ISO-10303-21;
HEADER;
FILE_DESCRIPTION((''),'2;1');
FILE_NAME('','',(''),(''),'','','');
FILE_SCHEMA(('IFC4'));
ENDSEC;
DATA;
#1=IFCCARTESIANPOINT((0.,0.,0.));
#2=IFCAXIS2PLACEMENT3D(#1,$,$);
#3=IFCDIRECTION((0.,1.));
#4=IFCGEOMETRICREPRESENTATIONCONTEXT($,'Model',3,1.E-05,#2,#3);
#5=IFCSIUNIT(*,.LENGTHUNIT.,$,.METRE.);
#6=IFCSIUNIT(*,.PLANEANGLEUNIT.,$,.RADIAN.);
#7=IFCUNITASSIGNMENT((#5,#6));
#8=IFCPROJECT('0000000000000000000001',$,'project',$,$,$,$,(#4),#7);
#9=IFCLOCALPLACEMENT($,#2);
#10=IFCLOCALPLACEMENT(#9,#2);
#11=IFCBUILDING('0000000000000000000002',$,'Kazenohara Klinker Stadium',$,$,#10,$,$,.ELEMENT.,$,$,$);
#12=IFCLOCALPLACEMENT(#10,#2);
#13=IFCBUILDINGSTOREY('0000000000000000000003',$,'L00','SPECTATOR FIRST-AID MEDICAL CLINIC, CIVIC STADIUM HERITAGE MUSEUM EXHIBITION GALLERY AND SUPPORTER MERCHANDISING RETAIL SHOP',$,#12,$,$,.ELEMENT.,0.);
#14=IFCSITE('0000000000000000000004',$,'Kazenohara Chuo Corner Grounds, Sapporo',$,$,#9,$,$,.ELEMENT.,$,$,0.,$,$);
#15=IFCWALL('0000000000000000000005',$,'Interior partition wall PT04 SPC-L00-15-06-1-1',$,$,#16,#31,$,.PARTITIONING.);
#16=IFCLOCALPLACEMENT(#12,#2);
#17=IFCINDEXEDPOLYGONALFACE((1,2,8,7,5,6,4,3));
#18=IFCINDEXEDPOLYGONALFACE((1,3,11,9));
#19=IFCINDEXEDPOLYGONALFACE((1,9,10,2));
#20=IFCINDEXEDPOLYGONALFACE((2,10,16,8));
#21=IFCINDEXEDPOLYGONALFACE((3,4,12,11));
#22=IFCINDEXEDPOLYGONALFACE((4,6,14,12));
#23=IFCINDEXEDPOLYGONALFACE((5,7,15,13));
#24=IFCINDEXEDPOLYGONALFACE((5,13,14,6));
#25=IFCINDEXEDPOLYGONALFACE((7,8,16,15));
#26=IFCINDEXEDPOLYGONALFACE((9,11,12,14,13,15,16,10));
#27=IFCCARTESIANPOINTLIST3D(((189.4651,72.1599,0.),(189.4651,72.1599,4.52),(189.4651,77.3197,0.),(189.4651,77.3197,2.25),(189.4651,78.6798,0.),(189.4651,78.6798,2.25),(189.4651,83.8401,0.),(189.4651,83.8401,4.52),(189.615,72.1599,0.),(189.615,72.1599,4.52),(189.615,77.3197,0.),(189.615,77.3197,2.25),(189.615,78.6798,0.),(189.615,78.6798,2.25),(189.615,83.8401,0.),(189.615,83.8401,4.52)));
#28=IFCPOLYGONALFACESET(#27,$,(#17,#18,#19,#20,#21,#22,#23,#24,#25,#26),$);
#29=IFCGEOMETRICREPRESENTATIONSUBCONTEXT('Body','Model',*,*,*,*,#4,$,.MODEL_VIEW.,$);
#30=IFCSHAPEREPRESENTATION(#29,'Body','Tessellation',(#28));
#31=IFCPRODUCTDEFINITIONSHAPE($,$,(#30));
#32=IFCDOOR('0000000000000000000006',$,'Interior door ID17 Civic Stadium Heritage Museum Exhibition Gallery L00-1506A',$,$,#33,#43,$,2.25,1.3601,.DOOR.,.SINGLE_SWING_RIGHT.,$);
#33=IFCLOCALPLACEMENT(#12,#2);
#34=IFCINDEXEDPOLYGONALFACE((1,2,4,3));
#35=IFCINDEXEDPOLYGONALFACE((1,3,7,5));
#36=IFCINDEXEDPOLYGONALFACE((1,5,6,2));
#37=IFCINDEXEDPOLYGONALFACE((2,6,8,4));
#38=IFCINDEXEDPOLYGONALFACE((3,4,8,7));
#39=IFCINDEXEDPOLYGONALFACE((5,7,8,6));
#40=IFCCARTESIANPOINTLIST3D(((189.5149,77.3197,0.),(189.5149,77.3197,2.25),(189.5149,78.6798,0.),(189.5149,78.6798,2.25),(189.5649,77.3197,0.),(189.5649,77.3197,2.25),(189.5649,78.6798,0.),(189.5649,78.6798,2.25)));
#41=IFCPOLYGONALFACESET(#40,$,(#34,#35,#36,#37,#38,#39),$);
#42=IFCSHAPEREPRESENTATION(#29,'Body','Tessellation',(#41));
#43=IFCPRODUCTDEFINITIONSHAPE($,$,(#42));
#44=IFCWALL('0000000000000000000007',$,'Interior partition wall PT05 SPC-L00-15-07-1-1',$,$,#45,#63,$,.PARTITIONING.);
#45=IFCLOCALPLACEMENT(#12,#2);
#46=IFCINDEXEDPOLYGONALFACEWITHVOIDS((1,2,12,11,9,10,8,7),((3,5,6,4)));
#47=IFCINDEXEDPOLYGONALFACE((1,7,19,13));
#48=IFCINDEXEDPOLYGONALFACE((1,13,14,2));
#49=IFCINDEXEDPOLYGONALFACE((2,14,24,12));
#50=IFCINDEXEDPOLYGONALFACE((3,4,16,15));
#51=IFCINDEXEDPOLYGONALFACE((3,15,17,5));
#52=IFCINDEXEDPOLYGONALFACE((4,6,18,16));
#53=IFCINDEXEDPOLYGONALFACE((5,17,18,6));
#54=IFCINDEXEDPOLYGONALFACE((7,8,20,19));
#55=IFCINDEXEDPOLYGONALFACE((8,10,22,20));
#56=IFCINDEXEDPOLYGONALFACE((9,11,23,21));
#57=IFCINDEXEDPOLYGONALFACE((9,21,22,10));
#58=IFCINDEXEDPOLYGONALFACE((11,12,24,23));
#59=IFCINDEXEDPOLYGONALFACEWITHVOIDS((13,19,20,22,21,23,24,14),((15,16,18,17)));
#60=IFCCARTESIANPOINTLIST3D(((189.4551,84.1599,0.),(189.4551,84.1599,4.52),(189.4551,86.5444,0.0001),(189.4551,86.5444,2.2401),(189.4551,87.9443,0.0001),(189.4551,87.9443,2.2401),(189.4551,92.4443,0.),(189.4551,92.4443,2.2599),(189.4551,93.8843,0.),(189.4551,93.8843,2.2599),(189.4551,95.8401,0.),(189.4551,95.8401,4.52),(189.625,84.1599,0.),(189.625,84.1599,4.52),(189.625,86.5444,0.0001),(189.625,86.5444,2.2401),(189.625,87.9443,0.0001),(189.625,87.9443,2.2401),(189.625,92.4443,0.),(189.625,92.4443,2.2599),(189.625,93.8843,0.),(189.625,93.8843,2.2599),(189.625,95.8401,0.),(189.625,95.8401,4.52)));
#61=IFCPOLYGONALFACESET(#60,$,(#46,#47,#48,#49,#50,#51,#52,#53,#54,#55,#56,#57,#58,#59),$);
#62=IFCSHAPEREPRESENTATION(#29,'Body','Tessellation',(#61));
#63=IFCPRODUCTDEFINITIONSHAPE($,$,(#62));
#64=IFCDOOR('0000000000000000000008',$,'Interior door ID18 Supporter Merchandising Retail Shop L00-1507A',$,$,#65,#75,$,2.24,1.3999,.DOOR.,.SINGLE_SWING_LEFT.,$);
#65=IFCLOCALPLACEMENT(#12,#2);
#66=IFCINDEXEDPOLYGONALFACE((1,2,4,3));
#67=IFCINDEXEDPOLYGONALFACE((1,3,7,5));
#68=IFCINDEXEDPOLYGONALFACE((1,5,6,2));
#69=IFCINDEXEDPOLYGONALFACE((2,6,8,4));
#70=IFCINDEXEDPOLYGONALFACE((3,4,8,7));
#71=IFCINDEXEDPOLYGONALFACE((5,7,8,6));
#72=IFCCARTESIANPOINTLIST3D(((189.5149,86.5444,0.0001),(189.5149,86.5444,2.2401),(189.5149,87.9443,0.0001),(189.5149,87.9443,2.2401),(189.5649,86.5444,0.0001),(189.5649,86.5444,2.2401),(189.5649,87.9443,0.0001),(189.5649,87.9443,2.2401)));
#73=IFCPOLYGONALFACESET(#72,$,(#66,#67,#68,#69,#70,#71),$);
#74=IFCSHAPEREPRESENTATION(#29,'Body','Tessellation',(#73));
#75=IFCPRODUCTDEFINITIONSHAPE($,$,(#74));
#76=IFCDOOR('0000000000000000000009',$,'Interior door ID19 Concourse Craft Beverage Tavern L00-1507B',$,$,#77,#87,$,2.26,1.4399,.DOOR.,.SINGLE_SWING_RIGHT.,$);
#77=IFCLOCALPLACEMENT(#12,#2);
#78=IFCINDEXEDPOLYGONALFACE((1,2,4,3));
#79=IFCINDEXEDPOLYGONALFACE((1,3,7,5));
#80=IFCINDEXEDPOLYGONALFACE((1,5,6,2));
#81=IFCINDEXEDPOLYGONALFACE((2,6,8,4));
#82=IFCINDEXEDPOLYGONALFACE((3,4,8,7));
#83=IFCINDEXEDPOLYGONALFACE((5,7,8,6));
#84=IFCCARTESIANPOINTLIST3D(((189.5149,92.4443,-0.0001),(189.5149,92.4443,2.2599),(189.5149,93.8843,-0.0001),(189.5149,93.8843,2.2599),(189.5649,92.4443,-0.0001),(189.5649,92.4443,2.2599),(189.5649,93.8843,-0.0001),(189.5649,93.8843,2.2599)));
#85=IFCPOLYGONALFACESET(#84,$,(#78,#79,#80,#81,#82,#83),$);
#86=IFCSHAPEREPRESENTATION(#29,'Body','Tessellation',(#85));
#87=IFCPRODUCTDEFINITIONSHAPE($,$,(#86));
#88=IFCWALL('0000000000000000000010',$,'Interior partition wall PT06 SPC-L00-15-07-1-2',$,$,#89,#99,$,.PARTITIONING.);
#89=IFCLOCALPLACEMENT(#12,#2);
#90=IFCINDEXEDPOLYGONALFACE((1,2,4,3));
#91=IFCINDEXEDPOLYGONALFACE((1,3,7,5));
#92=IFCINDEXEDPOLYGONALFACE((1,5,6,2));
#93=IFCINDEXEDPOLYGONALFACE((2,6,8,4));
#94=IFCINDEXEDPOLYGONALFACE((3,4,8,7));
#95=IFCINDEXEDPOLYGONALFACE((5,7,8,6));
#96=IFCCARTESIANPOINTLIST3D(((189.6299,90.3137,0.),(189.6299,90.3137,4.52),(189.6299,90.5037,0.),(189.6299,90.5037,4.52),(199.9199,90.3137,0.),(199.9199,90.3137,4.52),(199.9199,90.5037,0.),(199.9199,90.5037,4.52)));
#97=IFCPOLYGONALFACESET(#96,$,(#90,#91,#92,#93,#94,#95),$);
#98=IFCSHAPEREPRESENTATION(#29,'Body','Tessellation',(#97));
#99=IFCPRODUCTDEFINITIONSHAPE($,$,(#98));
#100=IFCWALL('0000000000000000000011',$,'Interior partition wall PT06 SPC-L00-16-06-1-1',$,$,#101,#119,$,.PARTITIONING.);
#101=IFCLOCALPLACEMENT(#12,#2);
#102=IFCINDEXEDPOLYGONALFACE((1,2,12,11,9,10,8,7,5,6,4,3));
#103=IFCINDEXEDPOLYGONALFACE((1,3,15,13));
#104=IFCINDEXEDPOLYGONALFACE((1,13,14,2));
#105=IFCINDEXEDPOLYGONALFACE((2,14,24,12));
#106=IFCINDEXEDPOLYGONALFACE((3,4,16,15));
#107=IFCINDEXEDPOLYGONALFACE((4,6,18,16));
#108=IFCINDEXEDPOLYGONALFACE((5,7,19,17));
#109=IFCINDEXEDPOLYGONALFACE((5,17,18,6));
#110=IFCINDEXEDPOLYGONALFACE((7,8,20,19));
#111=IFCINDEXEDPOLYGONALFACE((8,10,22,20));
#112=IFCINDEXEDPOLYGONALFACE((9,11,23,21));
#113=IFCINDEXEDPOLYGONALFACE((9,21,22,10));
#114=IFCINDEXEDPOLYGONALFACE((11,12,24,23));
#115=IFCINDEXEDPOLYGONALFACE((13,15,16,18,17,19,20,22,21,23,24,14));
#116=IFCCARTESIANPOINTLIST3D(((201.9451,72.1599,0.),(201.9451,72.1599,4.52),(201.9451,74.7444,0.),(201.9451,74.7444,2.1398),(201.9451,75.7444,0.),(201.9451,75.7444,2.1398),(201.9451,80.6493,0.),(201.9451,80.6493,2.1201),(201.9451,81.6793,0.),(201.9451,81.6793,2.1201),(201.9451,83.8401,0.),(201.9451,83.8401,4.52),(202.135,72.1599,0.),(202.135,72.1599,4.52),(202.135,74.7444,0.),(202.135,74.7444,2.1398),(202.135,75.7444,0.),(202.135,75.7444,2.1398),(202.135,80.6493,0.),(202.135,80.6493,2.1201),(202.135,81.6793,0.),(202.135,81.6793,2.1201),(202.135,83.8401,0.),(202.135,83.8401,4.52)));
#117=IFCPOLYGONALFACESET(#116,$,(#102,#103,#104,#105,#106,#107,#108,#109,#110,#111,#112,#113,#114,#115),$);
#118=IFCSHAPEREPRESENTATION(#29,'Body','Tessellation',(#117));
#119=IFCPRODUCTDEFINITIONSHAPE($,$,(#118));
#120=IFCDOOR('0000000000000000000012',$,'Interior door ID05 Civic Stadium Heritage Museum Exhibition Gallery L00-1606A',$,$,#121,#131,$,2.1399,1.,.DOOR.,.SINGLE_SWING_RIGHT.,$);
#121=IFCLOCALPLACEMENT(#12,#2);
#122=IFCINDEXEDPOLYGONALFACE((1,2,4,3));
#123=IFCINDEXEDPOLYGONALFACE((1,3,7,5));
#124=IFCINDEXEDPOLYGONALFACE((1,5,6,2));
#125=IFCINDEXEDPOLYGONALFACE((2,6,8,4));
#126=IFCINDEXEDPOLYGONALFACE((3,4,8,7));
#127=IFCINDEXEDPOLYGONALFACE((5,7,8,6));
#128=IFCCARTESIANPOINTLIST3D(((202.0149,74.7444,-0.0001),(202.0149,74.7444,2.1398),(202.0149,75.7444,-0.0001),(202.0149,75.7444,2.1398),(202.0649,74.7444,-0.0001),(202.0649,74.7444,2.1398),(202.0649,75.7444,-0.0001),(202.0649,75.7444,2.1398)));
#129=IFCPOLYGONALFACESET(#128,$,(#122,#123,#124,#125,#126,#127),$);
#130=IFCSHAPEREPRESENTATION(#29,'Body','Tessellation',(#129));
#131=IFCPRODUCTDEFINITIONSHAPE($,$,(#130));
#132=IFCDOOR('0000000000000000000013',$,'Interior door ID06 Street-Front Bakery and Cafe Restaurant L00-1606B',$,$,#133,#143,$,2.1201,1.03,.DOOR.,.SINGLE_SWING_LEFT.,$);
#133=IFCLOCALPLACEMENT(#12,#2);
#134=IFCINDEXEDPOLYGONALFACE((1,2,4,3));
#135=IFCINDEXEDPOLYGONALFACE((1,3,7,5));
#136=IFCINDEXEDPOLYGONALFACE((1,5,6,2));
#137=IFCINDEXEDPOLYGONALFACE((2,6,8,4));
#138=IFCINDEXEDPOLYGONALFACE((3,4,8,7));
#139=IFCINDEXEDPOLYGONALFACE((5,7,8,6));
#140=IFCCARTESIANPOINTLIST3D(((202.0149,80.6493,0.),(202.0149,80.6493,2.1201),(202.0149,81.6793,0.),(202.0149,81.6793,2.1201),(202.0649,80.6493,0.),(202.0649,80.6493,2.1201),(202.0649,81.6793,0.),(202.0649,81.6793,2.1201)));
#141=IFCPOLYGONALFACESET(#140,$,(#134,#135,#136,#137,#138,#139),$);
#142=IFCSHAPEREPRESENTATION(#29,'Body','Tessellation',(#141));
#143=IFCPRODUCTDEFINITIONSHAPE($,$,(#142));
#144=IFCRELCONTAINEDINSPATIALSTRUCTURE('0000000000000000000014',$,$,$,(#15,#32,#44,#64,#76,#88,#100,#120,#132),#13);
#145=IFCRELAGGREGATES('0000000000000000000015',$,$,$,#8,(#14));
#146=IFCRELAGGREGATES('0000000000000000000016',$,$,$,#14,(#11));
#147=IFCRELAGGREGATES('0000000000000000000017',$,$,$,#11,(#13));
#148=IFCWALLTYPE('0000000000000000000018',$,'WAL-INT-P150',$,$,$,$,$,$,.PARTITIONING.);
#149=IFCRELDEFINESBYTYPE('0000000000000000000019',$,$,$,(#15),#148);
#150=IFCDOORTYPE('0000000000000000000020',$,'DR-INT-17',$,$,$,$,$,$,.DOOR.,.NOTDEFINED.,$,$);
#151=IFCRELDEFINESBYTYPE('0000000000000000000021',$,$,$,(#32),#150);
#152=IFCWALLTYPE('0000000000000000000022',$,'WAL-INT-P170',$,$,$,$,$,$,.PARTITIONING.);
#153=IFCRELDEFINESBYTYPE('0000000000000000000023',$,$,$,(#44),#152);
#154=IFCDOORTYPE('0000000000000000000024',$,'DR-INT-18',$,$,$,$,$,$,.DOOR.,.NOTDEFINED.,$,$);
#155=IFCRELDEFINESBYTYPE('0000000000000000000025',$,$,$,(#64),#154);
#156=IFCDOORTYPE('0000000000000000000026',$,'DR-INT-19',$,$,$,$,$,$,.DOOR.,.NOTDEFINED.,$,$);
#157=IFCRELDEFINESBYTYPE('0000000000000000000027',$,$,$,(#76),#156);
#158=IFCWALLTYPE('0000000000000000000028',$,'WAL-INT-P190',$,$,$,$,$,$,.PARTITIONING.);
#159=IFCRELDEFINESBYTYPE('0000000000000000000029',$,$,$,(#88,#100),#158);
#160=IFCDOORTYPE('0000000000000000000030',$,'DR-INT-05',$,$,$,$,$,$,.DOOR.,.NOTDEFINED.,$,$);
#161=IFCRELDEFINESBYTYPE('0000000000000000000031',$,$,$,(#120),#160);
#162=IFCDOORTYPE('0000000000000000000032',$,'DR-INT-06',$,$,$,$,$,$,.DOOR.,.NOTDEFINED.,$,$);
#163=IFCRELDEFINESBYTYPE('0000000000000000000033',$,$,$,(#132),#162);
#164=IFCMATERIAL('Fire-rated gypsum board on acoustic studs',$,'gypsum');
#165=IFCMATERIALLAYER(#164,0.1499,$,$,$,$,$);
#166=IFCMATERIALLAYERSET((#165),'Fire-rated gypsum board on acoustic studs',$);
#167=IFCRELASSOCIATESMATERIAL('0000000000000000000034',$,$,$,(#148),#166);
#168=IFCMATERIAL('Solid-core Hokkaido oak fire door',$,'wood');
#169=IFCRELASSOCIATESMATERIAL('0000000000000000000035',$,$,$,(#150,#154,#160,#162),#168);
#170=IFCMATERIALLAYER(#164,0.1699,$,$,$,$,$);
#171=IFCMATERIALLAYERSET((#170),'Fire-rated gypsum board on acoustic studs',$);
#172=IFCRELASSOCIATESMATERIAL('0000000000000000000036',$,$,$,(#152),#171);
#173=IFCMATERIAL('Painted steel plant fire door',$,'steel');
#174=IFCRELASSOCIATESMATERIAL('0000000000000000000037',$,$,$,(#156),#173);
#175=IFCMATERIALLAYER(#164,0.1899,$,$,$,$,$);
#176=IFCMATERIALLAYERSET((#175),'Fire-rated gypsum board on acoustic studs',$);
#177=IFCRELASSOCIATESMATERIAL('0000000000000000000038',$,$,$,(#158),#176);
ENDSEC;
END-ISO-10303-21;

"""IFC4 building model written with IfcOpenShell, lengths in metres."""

from ifc_helpers import new_model, si_unit, direction, frame, frame_2d, origin, place, context, subcontext, project, spatial, rectangle, extrude, material, layer, layer_set, type_object, element, fill, save


model = new_model("IFC4")

# Units and contexts
model_context = context("Model", 3, precision=1e-05, world=origin(), true_north=direction((0.0, 1.0)))
body_context = subcontext(model_context, "Body", "Model", "MODEL_VIEW")
ifc_project = project(units=[si_unit("LENGTHUNIT", "METRE"), si_unit("PLANEANGLEUNIT", "RADIAN")], contexts=[model_context])

# Site, building, storey
site_placement = place(None, origin())
site = spatial("IfcSite", under=ifc_project, at=site_placement, Name="Kazenohara Chuo Corner Grounds, Sapporo", CompositionType="ELEMENT", RefElevation=0.0)
building_placement = place(site_placement, origin())
building = spatial("IfcBuilding", under=site, at=building_placement, Name="Kazenohara Klinker Stadium", CompositionType="ELEMENT")
storey_placement = place(building_placement, origin())
storey = spatial("IfcBuildingStorey", under=building, at=storey_placement, Name="L00", Description="SPECTATOR FIRST-AID MEDICAL CLINIC, CIVIC STADIUM HERITAGE MUSEUM EXHIBITION GALLERY AND SUPPORTER MERCHANDISING RETAIL SHOP", CompositionType="ELEMENT", Elevation=0.0)

# Shared definitions
ifc_material_1 = material(Name="Fire-rated gypsum board on acoustic studs", Category="gypsum")

# Wall, opening, door
ifc_material_2 = material(Name="Solid-core Hokkaido oak fire door", Category="wood")
ifc_layer_1 = layer(ifc_material_1, 0.1499)
ifc_layer_set_1 = layer_set([ifc_layer_1], Name="Fire-rated gypsum board on acoustic studs")
wall_type_1 = type_object("IfcWallType", Name="WAL-INT-P150", PredefinedType="PARTITIONING", material=ifc_layer_set_1)
wall_1_placement = place(storey_placement, frame((189.54, 72.1599, 0.0), z_axis=(0.0, 0.0, 1.0), x_axis=(0.0, 1.0, 0.0)))
wall_1 = element("IfcWall", 1, at=wall_1_placement, inside=storey, type_object=wall_type_1, Name="Interior partition wall PT04 SPC-L00-15-06-1-1", PredefinedType="PARTITIONING", context=body_context, shape_type="SweptSolid", body=[
    extrude(rectangle(XDim=11.6802, YDim=0.1499, at=frame_2d((5.8401, 0.0))), origin(), (0.0, 0.0, 1.0), 4.52),
])
opening_1_placement = place(wall_1_placement, frame((6.52, 0.0, 0.0), z_axis=(0.0, 0.0, 1.0), x_axis=(-1.0, 0.0, 0.0)))
opening_1 = element("IfcOpeningElement", 2, at=opening_1_placement, cuts=wall_1, PredefinedType="OPENING", context=body_context, shape_type="SweptSolid", body=[
    extrude(rectangle(XDim=1.3601, YDim=2.25, at=frame_2d((0.6802, 1.125))), frame((0.0, 0.085, 0.0), z_axis=(0.0, -1.0, 0.0), x_axis=(1.0, 0.0, 0.0)), (0.0, 0.0, 1.0), 0.1699),
])
door_type_1 = type_object("IfcDoorType", Name="DR-INT-17", OperationType="NOTDEFINED", PredefinedType="DOOR", material=ifc_material_2)
door_1_placement = place(opening_1_placement, origin())
door_1 = element("IfcDoor", 3, at=door_1_placement, inside=storey, type_object=door_type_1, Name="Interior door ID17 Civic Stadium Heritage Museum Exhibition Gallery L00-1506A", OperationType="SINGLE_SWING_RIGHT", OverallHeight=2.25, OverallWidth=1.3601, PredefinedType="DOOR", context=body_context, shape_type="SweptSolid", body=[
    extrude(rectangle(XDim=1.3601, YDim=2.25, at=frame_2d((0.6802, 1.125))), frame((0.0, 0.0249, 0.0), z_axis=(0.0, -1.0, 0.0), x_axis=(1.0, 0.0, 0.0)), (0.0, 0.0, 1.0), 0.05),
])
fill(opening_1, door_1)

# Wall, openings, doors
ifc_layer_2 = layer(ifc_material_1, 0.1699)
ifc_layer_set_2 = layer_set([ifc_layer_2], Name="Fire-rated gypsum board on acoustic studs")
wall_type_2 = type_object("IfcWallType", Name="WAL-INT-P170", PredefinedType="PARTITIONING", material=ifc_layer_set_2)
wall_2_placement = place(storey_placement, frame((189.54, 84.1599, 0.0), z_axis=(0.0, 0.0, 1.0), x_axis=(0.0, 1.0, 0.0)))
wall_2 = element("IfcWall", 4, at=wall_2_placement, inside=storey, type_object=wall_type_2, Name="Interior partition wall PT05 SPC-L00-15-07-1-1", PredefinedType="PARTITIONING", context=body_context, shape_type="SweptSolid", body=[
    extrude(rectangle(XDim=11.6802, YDim=0.1699, at=frame_2d((5.8401, 0.0))), origin(), (0.0, 0.0, 1.0), 4.52),
])
opening_2_placement = place(wall_2_placement, frame((3.7844, 0.0, 0.0), z_axis=(0.0, 0.0, 1.0), x_axis=(-1.0, 0.0, 0.0)))
opening_2 = element("IfcOpeningElement", 5, at=opening_2_placement, cuts=wall_2, PredefinedType="OPENING", context=body_context, shape_type="SweptSolid", body=[
    extrude(rectangle(XDim=1.3999, YDim=2.24, at=frame_2d((0.7, 1.1201))), frame((0.0, 0.095, 0.0), z_axis=(0.0, -1.0, 0.0), x_axis=(1.0, 0.0, 0.0)), (0.0, 0.0, 1.0), 0.1899),
])
opening_3_placement = place(wall_2_placement, frame((9.7244, 0.0, 0.0), z_axis=(0.0, 0.0, 1.0), x_axis=(-1.0, 0.0, 0.0)))
opening_3 = element("IfcOpeningElement", 6, at=opening_3_placement, cuts=wall_2, PredefinedType="OPENING", context=body_context, shape_type="SweptSolid", body=[
    extrude(rectangle(XDim=1.4399, YDim=2.26, at=frame_2d((0.72, 1.1299))), frame((0.0, 0.095, 0.0), z_axis=(0.0, -1.0, 0.0), x_axis=(1.0, 0.0, 0.0)), (0.0, 0.0, 1.0), 0.1899),
])
door_type_2 = type_object("IfcDoorType", Name="DR-INT-18", OperationType="NOTDEFINED", PredefinedType="DOOR", material=ifc_material_2)
door_2_placement = place(opening_2_placement, origin())
door_2 = element("IfcDoor", 7, at=door_2_placement, inside=storey, type_object=door_type_2, Name="Interior door ID18 Supporter Merchandising Retail Shop L00-1507A", OperationType="SINGLE_SWING_LEFT", OverallHeight=2.24, OverallWidth=1.3999, PredefinedType="DOOR", context=body_context, shape_type="SweptSolid", body=[
    extrude(rectangle(XDim=1.3999, YDim=2.24, at=frame_2d((0.7, 1.1201))), frame((0.0, 0.0249, 0.0), z_axis=(0.0, -1.0, 0.0), x_axis=(1.0, 0.0, 0.0)), (0.0, 0.0, 1.0), 0.05),
])
fill(opening_2, door_2)
ifc_material_3 = material(Name="Painted steel plant fire door", Category="steel")
door_type_3 = type_object("IfcDoorType", Name="DR-INT-19", OperationType="NOTDEFINED", PredefinedType="DOOR", material=ifc_material_3)
door_3_placement = place(opening_3_placement, origin())
door_3 = element("IfcDoor", 8, at=door_3_placement, inside=storey, type_object=door_type_3, Name="Interior door ID19 Concourse Craft Beverage Tavern L00-1507B", OperationType="SINGLE_SWING_RIGHT", OverallHeight=2.26, OverallWidth=1.4399, PredefinedType="DOOR", context=body_context, shape_type="SweptSolid", body=[
    extrude(rectangle(XDim=1.4399, YDim=2.26, at=frame_2d((0.72, 1.1299))), frame((0.0, 0.0249, 0.0), z_axis=(0.0, -1.0, 0.0), x_axis=(1.0, 0.0, 0.0)), (0.0, 0.0, 1.0), 0.05),
])
fill(opening_3, door_3)

# Wall
ifc_layer_3 = layer(ifc_material_1, 0.1899)
ifc_layer_set_3 = layer_set([ifc_layer_3], Name="Fire-rated gypsum board on acoustic studs")
wall_type_3 = type_object("IfcWallType", Name="WAL-INT-P190", PredefinedType="PARTITIONING", material=ifc_layer_set_3)
wall_3_placement = place(storey_placement, frame((189.6299, 90.4087, 0.0), z_axis=(0.0, 0.0, 1.0), x_axis=(1.0, 0.0, 0.0)))
element("IfcWall", 9, at=wall_3_placement, inside=storey, type_object=wall_type_3, Name="Interior partition wall PT06 SPC-L00-15-07-1-2", PredefinedType="PARTITIONING", context=body_context, shape_type="SweptSolid", body=[
    extrude(rectangle(XDim=10.29, YDim=0.1899, at=frame_2d((5.145, 0.0))), origin(), (0.0, 0.0, 1.0), 4.52),
])

# Wall, openings, doors
wall_4_placement = place(storey_placement, frame((202.04, 72.1599, 0.0), z_axis=(0.0, 0.0, 1.0), x_axis=(0.0, 1.0, 0.0)))
wall_4 = element("IfcWall", 10, at=wall_4_placement, inside=storey, type_object=wall_type_3, Name="Interior partition wall PT06 SPC-L00-16-06-1-1", PredefinedType="PARTITIONING", context=body_context, shape_type="SweptSolid", body=[
    extrude(rectangle(XDim=11.6802, YDim=0.1899, at=frame_2d((5.8401, 0.0))), origin(), (0.0, 0.0, 1.0), 4.52),
])
opening_4_placement = place(wall_4_placement, frame((3.5845, 0.0, 0.0), z_axis=(0.0, 0.0, 1.0), x_axis=(-1.0, 0.0, 0.0)))
opening_4 = element("IfcOpeningElement", 11, at=opening_4_placement, cuts=wall_4, PredefinedType="OPENING", context=body_context, shape_type="SweptSolid", body=[
    extrude(rectangle(XDim=1.0, YDim=2.1399, at=frame_2d((0.5, 1.0698))), frame((0.0, 0.105, 0.0), z_axis=(0.0, -1.0, 0.0), x_axis=(1.0, 0.0, 0.0)), (0.0, 0.0, 1.0), 0.21),
])
opening_5_placement = place(wall_4_placement, frame((9.5195, 0.0, 0.0), z_axis=(0.0, 0.0, 1.0), x_axis=(-1.0, 0.0, 0.0)))
opening_5 = element("IfcOpeningElement", 12, at=opening_5_placement, cuts=wall_4, PredefinedType="OPENING", context=body_context, shape_type="SweptSolid", body=[
    extrude(rectangle(XDim=1.03, YDim=2.1201, at=frame_2d((0.5151, 1.0601))), frame((0.0, 0.105, 0.0), z_axis=(0.0, -1.0, 0.0), x_axis=(1.0, 0.0, 0.0)), (0.0, 0.0, 1.0), 0.21),
])
door_type_4 = type_object("IfcDoorType", Name="DR-INT-05", OperationType="NOTDEFINED", PredefinedType="DOOR", material=ifc_material_2)
door_4_placement = place(opening_4_placement, origin())
door_4 = element("IfcDoor", 13, at=door_4_placement, inside=storey, type_object=door_type_4, Name="Interior door ID05 Civic Stadium Heritage Museum Exhibition Gallery L00-1606A", OperationType="SINGLE_SWING_RIGHT", OverallHeight=2.1399, OverallWidth=1.0, PredefinedType="DOOR", context=body_context, shape_type="SweptSolid", body=[
    extrude(rectangle(XDim=1.0, YDim=2.1399, at=frame_2d((0.5, 1.0698))), frame((0.0, 0.0249, 0.0), z_axis=(0.0, -1.0, 0.0), x_axis=(1.0, 0.0, 0.0)), (0.0, 0.0, 1.0), 0.05),
])
fill(opening_4, door_4)
door_type_5 = type_object("IfcDoorType", Name="DR-INT-06", OperationType="NOTDEFINED", PredefinedType="DOOR", material=ifc_material_2)
door_5_placement = place(opening_5_placement, origin())
door_5 = element("IfcDoor", 14, at=door_5_placement, inside=storey, type_object=door_type_5, Name="Interior door ID06 Street-Front Bakery and Cafe Restaurant L00-1606B", OperationType="SINGLE_SWING_LEFT", OverallHeight=2.1201, OverallWidth=1.03, PredefinedType="DOOR", context=body_context, shape_type="SweptSolid", body=[
    extrude(rectangle(XDim=1.03, YDim=2.1201, at=frame_2d((0.5151, 1.0601))), frame((0.0, 0.0249, 0.0), z_axis=(0.0, -1.0, 0.0), x_axis=(1.0, 0.0, 0.0)), (0.0, 0.0, 1.0), 0.05),
])
fill(opening_5, door_5)

save(model, "model.ifc")
